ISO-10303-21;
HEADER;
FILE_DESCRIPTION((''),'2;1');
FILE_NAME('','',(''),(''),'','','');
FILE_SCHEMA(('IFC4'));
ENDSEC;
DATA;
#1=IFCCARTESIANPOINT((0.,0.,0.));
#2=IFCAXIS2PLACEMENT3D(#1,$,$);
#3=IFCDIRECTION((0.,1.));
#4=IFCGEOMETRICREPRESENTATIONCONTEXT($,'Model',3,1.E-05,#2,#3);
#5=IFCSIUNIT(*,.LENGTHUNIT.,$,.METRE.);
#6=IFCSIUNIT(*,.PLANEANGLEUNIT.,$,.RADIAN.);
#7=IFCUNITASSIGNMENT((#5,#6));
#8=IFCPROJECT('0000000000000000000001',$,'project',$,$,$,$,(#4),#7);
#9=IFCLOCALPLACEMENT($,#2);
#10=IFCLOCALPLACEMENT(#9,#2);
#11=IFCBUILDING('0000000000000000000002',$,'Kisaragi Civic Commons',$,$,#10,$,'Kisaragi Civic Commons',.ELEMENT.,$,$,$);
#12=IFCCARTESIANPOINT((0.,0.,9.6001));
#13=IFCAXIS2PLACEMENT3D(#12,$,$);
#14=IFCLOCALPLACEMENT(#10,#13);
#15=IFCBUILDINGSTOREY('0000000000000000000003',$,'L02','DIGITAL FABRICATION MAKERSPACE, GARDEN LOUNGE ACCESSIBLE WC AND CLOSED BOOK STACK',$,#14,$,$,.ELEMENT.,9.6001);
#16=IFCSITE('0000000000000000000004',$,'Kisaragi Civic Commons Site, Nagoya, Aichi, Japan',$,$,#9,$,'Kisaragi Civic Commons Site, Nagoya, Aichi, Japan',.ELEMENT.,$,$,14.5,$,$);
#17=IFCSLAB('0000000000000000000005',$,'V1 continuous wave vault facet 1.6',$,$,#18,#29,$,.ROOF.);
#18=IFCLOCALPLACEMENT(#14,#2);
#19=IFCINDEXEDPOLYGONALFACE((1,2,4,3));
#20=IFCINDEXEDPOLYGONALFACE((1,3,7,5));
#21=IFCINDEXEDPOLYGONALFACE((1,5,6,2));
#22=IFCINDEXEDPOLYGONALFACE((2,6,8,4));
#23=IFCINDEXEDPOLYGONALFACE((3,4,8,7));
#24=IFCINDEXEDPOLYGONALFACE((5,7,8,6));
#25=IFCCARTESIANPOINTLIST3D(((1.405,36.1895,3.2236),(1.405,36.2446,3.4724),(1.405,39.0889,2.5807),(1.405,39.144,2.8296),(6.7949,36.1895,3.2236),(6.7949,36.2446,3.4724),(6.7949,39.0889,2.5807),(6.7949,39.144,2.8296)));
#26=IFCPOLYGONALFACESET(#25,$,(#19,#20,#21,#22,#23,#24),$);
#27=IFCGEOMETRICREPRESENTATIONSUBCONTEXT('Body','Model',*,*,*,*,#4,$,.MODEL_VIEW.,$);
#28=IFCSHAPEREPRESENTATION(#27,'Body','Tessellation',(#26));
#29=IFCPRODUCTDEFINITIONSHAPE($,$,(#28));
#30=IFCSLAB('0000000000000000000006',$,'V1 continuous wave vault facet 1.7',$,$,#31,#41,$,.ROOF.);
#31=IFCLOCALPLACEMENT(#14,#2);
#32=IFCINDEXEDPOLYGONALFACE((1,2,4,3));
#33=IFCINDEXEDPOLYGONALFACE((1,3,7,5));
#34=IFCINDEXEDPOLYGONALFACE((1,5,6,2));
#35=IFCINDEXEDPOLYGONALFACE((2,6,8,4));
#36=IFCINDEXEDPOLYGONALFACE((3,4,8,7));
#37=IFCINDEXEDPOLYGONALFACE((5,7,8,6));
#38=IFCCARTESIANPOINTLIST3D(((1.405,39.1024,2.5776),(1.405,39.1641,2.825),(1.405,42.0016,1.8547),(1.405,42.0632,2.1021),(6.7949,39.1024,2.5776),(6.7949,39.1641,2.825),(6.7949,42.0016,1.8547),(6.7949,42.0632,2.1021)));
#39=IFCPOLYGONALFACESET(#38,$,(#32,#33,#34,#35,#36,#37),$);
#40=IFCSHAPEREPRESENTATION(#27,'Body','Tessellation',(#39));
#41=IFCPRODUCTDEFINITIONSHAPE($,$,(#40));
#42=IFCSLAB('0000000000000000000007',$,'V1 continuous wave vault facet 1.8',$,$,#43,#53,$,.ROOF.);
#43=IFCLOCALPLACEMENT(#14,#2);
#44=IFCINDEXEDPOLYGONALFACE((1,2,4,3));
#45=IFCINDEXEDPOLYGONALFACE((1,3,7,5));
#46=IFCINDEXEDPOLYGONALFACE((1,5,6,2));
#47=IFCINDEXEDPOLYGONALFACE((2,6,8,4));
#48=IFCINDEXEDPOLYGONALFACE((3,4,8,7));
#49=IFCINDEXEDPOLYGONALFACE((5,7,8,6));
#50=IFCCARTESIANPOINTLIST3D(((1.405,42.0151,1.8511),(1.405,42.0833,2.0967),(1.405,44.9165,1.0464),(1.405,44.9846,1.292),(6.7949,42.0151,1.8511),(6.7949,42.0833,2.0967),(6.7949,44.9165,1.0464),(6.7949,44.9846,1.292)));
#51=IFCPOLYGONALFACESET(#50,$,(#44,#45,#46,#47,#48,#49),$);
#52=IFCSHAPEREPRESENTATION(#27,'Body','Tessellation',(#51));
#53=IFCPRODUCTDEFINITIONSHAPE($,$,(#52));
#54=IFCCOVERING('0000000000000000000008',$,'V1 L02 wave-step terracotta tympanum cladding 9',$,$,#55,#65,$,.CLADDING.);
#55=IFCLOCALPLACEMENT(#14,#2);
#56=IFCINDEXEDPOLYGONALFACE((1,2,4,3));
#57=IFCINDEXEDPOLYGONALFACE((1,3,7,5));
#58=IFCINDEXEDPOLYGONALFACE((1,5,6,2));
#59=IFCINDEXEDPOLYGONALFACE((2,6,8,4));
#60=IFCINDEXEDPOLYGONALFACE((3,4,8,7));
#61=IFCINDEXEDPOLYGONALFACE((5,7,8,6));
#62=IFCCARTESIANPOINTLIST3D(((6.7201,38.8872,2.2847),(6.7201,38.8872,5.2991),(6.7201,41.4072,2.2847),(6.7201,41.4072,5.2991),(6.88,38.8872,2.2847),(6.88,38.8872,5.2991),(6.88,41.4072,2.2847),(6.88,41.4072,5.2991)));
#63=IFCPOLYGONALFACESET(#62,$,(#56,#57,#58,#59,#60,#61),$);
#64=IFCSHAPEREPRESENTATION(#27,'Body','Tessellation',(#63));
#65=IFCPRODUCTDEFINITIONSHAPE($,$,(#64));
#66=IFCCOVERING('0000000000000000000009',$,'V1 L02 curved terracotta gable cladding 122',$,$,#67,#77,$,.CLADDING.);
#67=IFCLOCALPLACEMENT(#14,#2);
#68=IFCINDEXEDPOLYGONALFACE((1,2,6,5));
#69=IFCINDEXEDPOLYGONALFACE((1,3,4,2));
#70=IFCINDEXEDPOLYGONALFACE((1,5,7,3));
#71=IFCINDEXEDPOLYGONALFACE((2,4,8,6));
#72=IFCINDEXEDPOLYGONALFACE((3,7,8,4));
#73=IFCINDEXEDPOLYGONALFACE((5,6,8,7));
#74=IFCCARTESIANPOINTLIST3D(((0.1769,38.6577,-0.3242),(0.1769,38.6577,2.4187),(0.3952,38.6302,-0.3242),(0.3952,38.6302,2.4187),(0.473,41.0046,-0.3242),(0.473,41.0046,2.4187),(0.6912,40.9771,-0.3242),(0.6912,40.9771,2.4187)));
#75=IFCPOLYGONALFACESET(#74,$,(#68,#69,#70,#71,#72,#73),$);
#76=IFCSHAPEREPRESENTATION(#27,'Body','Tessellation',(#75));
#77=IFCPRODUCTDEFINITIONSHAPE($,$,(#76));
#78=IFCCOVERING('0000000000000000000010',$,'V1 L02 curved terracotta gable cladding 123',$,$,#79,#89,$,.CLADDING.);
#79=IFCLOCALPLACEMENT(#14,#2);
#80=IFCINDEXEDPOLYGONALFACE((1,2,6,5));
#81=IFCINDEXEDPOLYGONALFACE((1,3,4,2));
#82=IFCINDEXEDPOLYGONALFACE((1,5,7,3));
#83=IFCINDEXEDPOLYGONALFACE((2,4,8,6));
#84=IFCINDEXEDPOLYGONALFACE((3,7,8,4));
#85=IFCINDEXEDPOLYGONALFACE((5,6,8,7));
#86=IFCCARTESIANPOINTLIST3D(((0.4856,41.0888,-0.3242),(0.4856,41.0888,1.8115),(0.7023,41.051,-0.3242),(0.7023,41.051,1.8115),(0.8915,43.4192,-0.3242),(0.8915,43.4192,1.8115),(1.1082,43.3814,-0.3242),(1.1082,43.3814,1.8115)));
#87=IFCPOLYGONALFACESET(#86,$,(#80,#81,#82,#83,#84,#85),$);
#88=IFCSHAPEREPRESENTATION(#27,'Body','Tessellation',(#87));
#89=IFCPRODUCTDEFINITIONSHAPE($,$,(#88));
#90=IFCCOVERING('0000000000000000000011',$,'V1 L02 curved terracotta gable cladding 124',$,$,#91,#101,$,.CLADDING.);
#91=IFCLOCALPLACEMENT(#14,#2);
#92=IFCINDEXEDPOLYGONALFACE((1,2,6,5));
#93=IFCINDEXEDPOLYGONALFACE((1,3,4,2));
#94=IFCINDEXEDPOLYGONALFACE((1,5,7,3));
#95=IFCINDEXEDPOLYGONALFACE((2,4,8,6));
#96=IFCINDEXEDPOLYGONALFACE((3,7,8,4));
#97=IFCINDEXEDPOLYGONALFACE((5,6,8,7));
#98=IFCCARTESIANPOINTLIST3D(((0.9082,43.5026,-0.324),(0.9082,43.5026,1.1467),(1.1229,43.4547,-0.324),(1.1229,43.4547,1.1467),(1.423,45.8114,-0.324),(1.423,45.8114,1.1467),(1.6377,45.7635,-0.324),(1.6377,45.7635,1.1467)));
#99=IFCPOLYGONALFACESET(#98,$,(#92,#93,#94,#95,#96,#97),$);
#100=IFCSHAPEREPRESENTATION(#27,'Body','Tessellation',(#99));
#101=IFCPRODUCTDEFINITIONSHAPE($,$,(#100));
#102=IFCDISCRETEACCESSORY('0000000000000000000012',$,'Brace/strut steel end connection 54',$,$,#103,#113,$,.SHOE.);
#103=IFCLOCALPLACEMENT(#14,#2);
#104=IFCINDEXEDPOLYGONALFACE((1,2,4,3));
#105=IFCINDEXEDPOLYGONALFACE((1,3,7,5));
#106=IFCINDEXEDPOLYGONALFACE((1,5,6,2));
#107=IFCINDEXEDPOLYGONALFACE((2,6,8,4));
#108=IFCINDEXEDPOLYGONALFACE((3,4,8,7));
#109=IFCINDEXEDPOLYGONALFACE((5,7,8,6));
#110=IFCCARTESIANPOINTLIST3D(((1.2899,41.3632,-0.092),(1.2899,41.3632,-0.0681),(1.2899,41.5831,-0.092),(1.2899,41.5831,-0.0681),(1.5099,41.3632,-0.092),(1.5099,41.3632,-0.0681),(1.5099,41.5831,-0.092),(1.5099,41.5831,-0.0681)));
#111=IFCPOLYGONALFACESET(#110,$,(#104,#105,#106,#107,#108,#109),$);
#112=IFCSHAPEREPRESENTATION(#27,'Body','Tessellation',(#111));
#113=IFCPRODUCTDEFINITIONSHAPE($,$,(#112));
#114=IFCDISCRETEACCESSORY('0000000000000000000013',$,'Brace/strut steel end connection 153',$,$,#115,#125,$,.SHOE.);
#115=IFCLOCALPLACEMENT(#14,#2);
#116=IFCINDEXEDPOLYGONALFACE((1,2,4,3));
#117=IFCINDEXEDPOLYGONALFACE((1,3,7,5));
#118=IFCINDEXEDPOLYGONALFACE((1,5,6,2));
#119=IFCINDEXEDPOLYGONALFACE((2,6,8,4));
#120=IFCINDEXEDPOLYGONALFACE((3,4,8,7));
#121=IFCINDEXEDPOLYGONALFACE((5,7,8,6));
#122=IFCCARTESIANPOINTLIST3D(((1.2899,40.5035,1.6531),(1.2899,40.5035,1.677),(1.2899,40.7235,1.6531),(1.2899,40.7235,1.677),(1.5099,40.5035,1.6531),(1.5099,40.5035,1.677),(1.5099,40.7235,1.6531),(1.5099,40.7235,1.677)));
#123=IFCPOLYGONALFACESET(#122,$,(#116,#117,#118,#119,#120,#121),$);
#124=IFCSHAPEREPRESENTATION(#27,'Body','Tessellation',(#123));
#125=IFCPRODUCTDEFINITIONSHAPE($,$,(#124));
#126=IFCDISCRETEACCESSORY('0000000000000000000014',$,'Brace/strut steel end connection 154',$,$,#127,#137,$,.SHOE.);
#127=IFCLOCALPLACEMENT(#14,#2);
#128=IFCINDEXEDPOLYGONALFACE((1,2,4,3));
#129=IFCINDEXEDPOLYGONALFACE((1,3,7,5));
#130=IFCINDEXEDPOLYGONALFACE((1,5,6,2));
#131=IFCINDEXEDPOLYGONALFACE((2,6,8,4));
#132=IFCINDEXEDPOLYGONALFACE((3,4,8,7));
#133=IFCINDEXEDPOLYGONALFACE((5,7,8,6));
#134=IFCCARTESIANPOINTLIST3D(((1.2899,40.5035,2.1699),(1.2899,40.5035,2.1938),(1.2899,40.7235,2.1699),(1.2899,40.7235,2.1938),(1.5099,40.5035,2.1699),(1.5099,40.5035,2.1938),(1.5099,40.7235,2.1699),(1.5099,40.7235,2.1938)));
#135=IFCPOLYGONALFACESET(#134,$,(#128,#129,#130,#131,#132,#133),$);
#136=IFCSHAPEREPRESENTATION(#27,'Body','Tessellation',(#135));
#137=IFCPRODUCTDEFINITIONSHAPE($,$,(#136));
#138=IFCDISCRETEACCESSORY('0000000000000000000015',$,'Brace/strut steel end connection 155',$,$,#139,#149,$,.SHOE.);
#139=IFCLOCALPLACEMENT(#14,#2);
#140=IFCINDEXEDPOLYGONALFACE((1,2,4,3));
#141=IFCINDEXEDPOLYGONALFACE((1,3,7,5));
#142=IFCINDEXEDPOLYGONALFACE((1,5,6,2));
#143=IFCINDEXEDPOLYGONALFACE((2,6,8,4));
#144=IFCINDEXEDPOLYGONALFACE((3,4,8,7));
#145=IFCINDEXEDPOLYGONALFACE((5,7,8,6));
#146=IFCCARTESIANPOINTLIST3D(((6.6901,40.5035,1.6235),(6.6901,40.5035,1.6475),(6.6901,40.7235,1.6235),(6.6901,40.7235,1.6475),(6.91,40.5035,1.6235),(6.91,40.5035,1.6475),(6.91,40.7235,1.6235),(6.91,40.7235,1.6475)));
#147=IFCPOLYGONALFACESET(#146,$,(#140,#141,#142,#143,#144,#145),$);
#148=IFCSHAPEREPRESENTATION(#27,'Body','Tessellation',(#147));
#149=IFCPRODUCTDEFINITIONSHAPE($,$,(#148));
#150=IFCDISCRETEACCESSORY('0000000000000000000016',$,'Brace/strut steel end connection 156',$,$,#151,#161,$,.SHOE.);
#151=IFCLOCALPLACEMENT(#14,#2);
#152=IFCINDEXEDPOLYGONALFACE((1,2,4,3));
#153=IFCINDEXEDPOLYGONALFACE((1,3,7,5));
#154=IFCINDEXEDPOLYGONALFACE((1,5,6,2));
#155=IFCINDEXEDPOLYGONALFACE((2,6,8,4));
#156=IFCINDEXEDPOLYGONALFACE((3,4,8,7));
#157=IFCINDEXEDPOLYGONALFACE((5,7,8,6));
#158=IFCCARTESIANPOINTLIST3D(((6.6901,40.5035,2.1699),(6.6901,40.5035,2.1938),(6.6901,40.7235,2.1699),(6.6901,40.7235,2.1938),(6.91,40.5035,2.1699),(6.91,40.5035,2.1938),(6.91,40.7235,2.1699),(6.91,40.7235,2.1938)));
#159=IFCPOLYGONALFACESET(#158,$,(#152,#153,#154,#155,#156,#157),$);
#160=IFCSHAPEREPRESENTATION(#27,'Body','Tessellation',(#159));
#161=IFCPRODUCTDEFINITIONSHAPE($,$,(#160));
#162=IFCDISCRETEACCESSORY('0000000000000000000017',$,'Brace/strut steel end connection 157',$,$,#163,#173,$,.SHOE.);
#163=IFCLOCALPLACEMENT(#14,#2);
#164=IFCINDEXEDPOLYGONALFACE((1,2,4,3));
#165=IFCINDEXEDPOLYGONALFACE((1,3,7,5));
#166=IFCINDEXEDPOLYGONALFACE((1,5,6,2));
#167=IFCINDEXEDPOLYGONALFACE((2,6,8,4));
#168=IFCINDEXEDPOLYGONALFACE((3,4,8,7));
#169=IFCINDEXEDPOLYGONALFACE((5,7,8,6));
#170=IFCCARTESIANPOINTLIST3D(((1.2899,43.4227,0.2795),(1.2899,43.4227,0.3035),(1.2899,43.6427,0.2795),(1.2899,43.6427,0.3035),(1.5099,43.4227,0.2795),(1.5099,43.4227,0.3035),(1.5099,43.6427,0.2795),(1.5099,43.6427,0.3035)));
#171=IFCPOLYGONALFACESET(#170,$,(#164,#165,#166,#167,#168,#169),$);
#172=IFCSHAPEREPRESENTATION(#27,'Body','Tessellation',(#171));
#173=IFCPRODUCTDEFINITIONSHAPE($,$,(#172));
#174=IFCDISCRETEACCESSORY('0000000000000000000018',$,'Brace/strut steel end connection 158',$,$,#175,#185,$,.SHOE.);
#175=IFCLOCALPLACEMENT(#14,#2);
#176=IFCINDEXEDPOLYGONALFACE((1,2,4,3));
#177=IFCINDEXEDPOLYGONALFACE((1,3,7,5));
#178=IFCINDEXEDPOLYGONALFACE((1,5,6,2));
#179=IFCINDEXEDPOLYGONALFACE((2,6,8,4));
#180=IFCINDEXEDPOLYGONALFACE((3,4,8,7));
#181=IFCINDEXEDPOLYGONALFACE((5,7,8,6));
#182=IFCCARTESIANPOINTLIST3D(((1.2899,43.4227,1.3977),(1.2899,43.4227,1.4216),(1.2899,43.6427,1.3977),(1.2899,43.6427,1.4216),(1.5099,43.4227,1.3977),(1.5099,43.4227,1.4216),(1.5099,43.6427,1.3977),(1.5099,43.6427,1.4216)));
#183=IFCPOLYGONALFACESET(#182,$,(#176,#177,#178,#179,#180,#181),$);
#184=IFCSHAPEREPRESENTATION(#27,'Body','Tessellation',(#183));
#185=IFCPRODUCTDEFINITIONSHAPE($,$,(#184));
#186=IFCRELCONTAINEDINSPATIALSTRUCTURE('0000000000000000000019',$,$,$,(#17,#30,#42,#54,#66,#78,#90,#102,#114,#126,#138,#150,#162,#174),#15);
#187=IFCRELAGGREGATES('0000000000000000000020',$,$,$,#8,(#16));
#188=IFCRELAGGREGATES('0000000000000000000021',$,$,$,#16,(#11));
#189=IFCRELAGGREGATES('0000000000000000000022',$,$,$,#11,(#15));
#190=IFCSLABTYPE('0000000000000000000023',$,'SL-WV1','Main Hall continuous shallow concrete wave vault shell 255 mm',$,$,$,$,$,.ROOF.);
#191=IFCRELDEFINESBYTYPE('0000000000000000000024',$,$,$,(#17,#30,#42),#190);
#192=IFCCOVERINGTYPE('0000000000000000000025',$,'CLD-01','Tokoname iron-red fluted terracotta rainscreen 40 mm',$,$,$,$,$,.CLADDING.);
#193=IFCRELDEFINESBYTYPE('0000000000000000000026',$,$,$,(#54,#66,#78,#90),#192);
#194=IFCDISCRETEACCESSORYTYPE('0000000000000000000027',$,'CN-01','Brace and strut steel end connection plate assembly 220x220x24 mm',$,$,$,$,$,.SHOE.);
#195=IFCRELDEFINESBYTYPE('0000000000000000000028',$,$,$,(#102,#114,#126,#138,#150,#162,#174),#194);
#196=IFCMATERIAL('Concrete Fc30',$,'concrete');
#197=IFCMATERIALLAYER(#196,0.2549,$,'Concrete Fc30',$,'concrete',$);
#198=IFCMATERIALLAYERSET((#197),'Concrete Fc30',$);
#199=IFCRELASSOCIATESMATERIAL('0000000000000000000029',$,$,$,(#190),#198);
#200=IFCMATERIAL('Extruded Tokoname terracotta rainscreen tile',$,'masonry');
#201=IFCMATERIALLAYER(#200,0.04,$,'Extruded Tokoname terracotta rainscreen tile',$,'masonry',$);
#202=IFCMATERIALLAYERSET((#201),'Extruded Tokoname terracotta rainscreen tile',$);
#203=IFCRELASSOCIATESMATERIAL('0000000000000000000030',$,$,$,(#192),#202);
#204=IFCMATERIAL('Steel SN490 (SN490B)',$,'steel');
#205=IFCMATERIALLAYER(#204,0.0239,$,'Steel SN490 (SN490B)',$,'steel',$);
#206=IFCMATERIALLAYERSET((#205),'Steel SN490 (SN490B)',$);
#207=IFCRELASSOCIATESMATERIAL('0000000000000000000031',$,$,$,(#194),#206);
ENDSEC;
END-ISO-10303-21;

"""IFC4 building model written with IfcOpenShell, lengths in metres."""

from ifc_helpers import new_model, si_unit, direction, frame, origin, origin_2d, place, context, subcontext, project, spatial, polyline, rectangle, outline, extrude, material, layer, layer_set, type_object, element, save


model = new_model("IFC4")

# Units and contexts
model_context = context("Model", 3, precision=1e-05, world=origin(), true_north=direction((0.0, 1.0)))
body_context = subcontext(model_context, "Body", "Model", "MODEL_VIEW")
ifc_project = project(units=[si_unit("LENGTHUNIT", "METRE"), si_unit("PLANEANGLEUNIT", "RADIAN")], contexts=[model_context])

# Site, building, storey
site_placement = place(None, origin())
site = spatial("IfcSite", under=ifc_project, at=site_placement, Name="Kisaragi Civic Commons Site, Nagoya, Aichi, Japan", LongName="Kisaragi Civic Commons Site, Nagoya, Aichi, Japan", CompositionType="ELEMENT", RefElevation=14.5)
building_placement = place(site_placement, origin())
building = spatial("IfcBuilding", under=site, at=building_placement, Name="Kisaragi Civic Commons", LongName="Kisaragi Civic Commons", CompositionType="ELEMENT")
storey_placement = place(building_placement, frame((0.0, 0.0, 9.6001)))
storey = spatial("IfcBuildingStorey", under=building, at=storey_placement, Name="L02", Description="DIGITAL FABRICATION MAKERSPACE, GARDEN LOUNGE ACCESSIBLE WC AND CLOSED BOOK STACK", CompositionType="ELEMENT", Elevation=9.6001)

# Shared definitions
ifc_material_1 = material(Name="Steel SN490 (SN490B)", Category="steel")

# Slabs
ifc_material_2 = material(Name="Concrete Fc30", Category="concrete")
ifc_layer_1 = layer(ifc_material_2, 0.2549, Name="Concrete Fc30", Category="concrete")
ifc_layer_set_1 = layer_set([ifc_layer_1], Name="Concrete Fc30")
slab_type = type_object("IfcSlabType", Name="SL-WV1", Description="Main Hall continuous shallow concrete wave vault shell 255 mm", PredefinedType="ROOF", material=ifc_layer_set_1)
slab_1_placement = place(storey_placement, frame((6.7949, 39.144, 2.8296), z_axis=(0.0, 0.216452, 0.976293), x_axis=(-1.0, 0.0, 0.0)))
element("IfcSlab", 1, at=slab_1_placement, inside=storey, type_object=slab_type, Name="V1 continuous wave vault facet 1.6", PredefinedType="ROOF", context=body_context, shape_type="SweptSolid", body=[
    extrude(outline(polyline([(0.0, 0.0), (5.3899, 0.0), (5.3899, 2.9698), (0.0, 2.9698), (0.0, 0.0)])), origin(), (0.0, 0.0, -1.0), 0.2549),
])
slab_2_placement = place(storey_placement, frame((6.7949, 42.0632, 2.1021), z_axis=(0.0, 0.24194, 0.970291), x_axis=(-1.0, 0.0, 0.0)))
element("IfcSlab", 2, at=slab_2_placement, inside=storey, type_object=slab_type, Name="V1 continuous wave vault facet 1.7", PredefinedType="ROOF", context=body_context, shape_type="SweptSolid", body=[
    extrude(outline(polyline([(0.0, 0.0), (5.3899, 0.0), (5.3899, 2.9879), (0.0, 2.9879), (0.0, 0.0)])), origin(), (0.0, 0.0, -1.0), 0.2549),
])
slab_3_placement = place(storey_placement, frame((6.7949, 44.9846, 1.292), z_axis=(0.0, 0.267259, 0.963625), x_axis=(-1.0, 0.0, 0.0)))
element("IfcSlab", 3, at=slab_3_placement, inside=storey, type_object=slab_type, Name="V1 continuous wave vault facet 1.8", PredefinedType="ROOF", context=body_context, shape_type="SweptSolid", body=[
    extrude(outline(polyline([(0.0, 0.0), (5.3899, 0.0), (5.3899, 3.0109), (0.0, 3.0109), (0.0, 0.0)])), origin(), (0.0, 0.0, -1.0), 0.2549),
])

# Coverings
ifc_material_3 = material(Name="Extruded Tokoname terracotta rainscreen tile", Category="masonry")
ifc_layer_2 = layer(ifc_material_3, 0.04, Name="Extruded Tokoname terracotta rainscreen tile", Category="masonry")
ifc_layer_set_2 = layer_set([ifc_layer_2], Name="Extruded Tokoname terracotta rainscreen tile")
covering_type = type_object("IfcCoveringType", Name="CLD-01", Description="Tokoname iron-red fluted terracotta rainscreen 40 mm", PredefinedType="CLADDING", material=ifc_layer_set_2)
covering_1_placement = place(storey_placement, frame((6.8, 40.1472, 2.2847), z_axis=(0.0, 0.0, 1.0), x_axis=(0.0, 1.0, 0.0)))
element("IfcCovering", 4, at=covering_1_placement, inside=storey, type_object=covering_type, Name="V1 L02 wave-step terracotta tympanum cladding 9", PredefinedType="CLADDING", context=body_context, shape_type="SweptSolid", body=[
    extrude(rectangle(XDim=2.52, YDim=0.1599, at=origin_2d()), origin(), (0.0, 0.0, 1.0), 3.0144),
])
covering_2_placement = place(storey_placement, frame((0.4341, 39.8174, -0.3242), z_axis=(0.0, 0.0, 1.0), x_axis=(0.12516, 0.992137, 0.0)))
element("IfcCovering", 5, at=covering_2_placement, inside=storey, type_object=covering_type, Name="V1 L02 curved terracotta gable cladding 122", PredefinedType="CLADDING", context=body_context, shape_type="SweptSolid", body=[
    extrude(rectangle(XDim=2.3655, YDim=0.22, at=origin_2d()), origin(), (0.0, 0.0, 1.0), 2.7429),
])
covering_3_placement = place(storey_placement, frame((0.7969, 42.2351, -0.3242), z_axis=(0.0, 0.0, 1.0), x_axis=(0.171585, 0.985169, 0.0)))
element("IfcCovering", 6, at=covering_3_placement, inside=storey, type_object=covering_type, Name="V1 L02 curved terracotta gable cladding 123", PredefinedType="CLADDING", context=body_context, shape_type="SweptSolid", body=[
    extrude(rectangle(XDim=2.3655, YDim=0.22, at=origin_2d()), origin(), (0.0, 0.0, 1.0), 2.1357),
])
covering_4_placement = place(storey_placement, frame((1.2729, 44.6331, -0.324), z_axis=(0.0, 0.0, 1.0), x_axis=(0.217632, 0.976031, 0.0)))
element("IfcCovering", 7, at=covering_4_placement, inside=storey, type_object=covering_type, Name="V1 L02 curved terracotta gable cladding 124", PredefinedType="CLADDING", context=body_context, shape_type="SweptSolid", body=[
    extrude(rectangle(XDim=2.3655, YDim=0.22, at=origin_2d()), origin(), (0.0, 0.0, 1.0), 1.4707),
])

# Discrete accessories
ifc_layer_3 = layer(ifc_material_1, 0.0239, Name="Steel SN490 (SN490B)", Category="steel")
ifc_layer_set_3 = layer_set([ifc_layer_3], Name="Steel SN490 (SN490B)")
discrete_accessory_type = type_object("IfcDiscreteAccessoryType", Name="CN-01", Description="Brace and strut steel end connection plate assembly 220x220x24 mm", PredefinedType="SHOE", material=ifc_layer_set_3)
for number, where, z_axis, x_axis, name in (
    (8, (1.3999, 41.4731, -0.092), (0.0, 0.0, 1.0), (1.0, 0.0, 0.0), "Brace/strut steel end connection 54"),
    (9, (1.3999, 40.6135, 1.6531), (0.0, 0.0, 1.0), (1.0, 0.0, 0.0), "Brace/strut steel end connection 153"),
    (10, (1.3999, 40.6135, 2.1699), (0.0, 0.0, 1.0), (1.0, 0.0, 0.0), "Brace/strut steel end connection 154"),
    (11, (6.8, 40.6135, 1.6235), (0.0, 0.0, 1.0), (1.0, 0.0, 0.0), "Brace/strut steel end connection 155"),
    (12, (6.8, 40.6135, 2.1699), (0.0, 0.0, 1.0), (1.0, 0.0, 0.0), "Brace/strut steel end connection 156"),
    (13, (1.3999, 43.5327, 0.2795), (0.0, 0.0, 1.0), (1.0, 0.0, 0.0), "Brace/strut steel end connection 157"),
    (14, (1.3999, 43.5327, 1.3977), (0.0, 0.0, 1.0), (1.0, 0.0, 0.0), "Brace/strut steel end connection 158"),
):
    element("IfcDiscreteAccessory", number, at=place(storey_placement, frame(where, z_axis=z_axis, x_axis=x_axis)), inside=storey, type_object=discrete_accessory_type, Name=name, PredefinedType="SHOE", context=body_context, shape_type="SweptSolid", body=[
        extrude(rectangle(XDim=0.22, YDim=0.22, at=origin_2d()), origin(), (0.0, 0.0, 1.0), 0.0239),
    ])

save(model, "model.ifc")
